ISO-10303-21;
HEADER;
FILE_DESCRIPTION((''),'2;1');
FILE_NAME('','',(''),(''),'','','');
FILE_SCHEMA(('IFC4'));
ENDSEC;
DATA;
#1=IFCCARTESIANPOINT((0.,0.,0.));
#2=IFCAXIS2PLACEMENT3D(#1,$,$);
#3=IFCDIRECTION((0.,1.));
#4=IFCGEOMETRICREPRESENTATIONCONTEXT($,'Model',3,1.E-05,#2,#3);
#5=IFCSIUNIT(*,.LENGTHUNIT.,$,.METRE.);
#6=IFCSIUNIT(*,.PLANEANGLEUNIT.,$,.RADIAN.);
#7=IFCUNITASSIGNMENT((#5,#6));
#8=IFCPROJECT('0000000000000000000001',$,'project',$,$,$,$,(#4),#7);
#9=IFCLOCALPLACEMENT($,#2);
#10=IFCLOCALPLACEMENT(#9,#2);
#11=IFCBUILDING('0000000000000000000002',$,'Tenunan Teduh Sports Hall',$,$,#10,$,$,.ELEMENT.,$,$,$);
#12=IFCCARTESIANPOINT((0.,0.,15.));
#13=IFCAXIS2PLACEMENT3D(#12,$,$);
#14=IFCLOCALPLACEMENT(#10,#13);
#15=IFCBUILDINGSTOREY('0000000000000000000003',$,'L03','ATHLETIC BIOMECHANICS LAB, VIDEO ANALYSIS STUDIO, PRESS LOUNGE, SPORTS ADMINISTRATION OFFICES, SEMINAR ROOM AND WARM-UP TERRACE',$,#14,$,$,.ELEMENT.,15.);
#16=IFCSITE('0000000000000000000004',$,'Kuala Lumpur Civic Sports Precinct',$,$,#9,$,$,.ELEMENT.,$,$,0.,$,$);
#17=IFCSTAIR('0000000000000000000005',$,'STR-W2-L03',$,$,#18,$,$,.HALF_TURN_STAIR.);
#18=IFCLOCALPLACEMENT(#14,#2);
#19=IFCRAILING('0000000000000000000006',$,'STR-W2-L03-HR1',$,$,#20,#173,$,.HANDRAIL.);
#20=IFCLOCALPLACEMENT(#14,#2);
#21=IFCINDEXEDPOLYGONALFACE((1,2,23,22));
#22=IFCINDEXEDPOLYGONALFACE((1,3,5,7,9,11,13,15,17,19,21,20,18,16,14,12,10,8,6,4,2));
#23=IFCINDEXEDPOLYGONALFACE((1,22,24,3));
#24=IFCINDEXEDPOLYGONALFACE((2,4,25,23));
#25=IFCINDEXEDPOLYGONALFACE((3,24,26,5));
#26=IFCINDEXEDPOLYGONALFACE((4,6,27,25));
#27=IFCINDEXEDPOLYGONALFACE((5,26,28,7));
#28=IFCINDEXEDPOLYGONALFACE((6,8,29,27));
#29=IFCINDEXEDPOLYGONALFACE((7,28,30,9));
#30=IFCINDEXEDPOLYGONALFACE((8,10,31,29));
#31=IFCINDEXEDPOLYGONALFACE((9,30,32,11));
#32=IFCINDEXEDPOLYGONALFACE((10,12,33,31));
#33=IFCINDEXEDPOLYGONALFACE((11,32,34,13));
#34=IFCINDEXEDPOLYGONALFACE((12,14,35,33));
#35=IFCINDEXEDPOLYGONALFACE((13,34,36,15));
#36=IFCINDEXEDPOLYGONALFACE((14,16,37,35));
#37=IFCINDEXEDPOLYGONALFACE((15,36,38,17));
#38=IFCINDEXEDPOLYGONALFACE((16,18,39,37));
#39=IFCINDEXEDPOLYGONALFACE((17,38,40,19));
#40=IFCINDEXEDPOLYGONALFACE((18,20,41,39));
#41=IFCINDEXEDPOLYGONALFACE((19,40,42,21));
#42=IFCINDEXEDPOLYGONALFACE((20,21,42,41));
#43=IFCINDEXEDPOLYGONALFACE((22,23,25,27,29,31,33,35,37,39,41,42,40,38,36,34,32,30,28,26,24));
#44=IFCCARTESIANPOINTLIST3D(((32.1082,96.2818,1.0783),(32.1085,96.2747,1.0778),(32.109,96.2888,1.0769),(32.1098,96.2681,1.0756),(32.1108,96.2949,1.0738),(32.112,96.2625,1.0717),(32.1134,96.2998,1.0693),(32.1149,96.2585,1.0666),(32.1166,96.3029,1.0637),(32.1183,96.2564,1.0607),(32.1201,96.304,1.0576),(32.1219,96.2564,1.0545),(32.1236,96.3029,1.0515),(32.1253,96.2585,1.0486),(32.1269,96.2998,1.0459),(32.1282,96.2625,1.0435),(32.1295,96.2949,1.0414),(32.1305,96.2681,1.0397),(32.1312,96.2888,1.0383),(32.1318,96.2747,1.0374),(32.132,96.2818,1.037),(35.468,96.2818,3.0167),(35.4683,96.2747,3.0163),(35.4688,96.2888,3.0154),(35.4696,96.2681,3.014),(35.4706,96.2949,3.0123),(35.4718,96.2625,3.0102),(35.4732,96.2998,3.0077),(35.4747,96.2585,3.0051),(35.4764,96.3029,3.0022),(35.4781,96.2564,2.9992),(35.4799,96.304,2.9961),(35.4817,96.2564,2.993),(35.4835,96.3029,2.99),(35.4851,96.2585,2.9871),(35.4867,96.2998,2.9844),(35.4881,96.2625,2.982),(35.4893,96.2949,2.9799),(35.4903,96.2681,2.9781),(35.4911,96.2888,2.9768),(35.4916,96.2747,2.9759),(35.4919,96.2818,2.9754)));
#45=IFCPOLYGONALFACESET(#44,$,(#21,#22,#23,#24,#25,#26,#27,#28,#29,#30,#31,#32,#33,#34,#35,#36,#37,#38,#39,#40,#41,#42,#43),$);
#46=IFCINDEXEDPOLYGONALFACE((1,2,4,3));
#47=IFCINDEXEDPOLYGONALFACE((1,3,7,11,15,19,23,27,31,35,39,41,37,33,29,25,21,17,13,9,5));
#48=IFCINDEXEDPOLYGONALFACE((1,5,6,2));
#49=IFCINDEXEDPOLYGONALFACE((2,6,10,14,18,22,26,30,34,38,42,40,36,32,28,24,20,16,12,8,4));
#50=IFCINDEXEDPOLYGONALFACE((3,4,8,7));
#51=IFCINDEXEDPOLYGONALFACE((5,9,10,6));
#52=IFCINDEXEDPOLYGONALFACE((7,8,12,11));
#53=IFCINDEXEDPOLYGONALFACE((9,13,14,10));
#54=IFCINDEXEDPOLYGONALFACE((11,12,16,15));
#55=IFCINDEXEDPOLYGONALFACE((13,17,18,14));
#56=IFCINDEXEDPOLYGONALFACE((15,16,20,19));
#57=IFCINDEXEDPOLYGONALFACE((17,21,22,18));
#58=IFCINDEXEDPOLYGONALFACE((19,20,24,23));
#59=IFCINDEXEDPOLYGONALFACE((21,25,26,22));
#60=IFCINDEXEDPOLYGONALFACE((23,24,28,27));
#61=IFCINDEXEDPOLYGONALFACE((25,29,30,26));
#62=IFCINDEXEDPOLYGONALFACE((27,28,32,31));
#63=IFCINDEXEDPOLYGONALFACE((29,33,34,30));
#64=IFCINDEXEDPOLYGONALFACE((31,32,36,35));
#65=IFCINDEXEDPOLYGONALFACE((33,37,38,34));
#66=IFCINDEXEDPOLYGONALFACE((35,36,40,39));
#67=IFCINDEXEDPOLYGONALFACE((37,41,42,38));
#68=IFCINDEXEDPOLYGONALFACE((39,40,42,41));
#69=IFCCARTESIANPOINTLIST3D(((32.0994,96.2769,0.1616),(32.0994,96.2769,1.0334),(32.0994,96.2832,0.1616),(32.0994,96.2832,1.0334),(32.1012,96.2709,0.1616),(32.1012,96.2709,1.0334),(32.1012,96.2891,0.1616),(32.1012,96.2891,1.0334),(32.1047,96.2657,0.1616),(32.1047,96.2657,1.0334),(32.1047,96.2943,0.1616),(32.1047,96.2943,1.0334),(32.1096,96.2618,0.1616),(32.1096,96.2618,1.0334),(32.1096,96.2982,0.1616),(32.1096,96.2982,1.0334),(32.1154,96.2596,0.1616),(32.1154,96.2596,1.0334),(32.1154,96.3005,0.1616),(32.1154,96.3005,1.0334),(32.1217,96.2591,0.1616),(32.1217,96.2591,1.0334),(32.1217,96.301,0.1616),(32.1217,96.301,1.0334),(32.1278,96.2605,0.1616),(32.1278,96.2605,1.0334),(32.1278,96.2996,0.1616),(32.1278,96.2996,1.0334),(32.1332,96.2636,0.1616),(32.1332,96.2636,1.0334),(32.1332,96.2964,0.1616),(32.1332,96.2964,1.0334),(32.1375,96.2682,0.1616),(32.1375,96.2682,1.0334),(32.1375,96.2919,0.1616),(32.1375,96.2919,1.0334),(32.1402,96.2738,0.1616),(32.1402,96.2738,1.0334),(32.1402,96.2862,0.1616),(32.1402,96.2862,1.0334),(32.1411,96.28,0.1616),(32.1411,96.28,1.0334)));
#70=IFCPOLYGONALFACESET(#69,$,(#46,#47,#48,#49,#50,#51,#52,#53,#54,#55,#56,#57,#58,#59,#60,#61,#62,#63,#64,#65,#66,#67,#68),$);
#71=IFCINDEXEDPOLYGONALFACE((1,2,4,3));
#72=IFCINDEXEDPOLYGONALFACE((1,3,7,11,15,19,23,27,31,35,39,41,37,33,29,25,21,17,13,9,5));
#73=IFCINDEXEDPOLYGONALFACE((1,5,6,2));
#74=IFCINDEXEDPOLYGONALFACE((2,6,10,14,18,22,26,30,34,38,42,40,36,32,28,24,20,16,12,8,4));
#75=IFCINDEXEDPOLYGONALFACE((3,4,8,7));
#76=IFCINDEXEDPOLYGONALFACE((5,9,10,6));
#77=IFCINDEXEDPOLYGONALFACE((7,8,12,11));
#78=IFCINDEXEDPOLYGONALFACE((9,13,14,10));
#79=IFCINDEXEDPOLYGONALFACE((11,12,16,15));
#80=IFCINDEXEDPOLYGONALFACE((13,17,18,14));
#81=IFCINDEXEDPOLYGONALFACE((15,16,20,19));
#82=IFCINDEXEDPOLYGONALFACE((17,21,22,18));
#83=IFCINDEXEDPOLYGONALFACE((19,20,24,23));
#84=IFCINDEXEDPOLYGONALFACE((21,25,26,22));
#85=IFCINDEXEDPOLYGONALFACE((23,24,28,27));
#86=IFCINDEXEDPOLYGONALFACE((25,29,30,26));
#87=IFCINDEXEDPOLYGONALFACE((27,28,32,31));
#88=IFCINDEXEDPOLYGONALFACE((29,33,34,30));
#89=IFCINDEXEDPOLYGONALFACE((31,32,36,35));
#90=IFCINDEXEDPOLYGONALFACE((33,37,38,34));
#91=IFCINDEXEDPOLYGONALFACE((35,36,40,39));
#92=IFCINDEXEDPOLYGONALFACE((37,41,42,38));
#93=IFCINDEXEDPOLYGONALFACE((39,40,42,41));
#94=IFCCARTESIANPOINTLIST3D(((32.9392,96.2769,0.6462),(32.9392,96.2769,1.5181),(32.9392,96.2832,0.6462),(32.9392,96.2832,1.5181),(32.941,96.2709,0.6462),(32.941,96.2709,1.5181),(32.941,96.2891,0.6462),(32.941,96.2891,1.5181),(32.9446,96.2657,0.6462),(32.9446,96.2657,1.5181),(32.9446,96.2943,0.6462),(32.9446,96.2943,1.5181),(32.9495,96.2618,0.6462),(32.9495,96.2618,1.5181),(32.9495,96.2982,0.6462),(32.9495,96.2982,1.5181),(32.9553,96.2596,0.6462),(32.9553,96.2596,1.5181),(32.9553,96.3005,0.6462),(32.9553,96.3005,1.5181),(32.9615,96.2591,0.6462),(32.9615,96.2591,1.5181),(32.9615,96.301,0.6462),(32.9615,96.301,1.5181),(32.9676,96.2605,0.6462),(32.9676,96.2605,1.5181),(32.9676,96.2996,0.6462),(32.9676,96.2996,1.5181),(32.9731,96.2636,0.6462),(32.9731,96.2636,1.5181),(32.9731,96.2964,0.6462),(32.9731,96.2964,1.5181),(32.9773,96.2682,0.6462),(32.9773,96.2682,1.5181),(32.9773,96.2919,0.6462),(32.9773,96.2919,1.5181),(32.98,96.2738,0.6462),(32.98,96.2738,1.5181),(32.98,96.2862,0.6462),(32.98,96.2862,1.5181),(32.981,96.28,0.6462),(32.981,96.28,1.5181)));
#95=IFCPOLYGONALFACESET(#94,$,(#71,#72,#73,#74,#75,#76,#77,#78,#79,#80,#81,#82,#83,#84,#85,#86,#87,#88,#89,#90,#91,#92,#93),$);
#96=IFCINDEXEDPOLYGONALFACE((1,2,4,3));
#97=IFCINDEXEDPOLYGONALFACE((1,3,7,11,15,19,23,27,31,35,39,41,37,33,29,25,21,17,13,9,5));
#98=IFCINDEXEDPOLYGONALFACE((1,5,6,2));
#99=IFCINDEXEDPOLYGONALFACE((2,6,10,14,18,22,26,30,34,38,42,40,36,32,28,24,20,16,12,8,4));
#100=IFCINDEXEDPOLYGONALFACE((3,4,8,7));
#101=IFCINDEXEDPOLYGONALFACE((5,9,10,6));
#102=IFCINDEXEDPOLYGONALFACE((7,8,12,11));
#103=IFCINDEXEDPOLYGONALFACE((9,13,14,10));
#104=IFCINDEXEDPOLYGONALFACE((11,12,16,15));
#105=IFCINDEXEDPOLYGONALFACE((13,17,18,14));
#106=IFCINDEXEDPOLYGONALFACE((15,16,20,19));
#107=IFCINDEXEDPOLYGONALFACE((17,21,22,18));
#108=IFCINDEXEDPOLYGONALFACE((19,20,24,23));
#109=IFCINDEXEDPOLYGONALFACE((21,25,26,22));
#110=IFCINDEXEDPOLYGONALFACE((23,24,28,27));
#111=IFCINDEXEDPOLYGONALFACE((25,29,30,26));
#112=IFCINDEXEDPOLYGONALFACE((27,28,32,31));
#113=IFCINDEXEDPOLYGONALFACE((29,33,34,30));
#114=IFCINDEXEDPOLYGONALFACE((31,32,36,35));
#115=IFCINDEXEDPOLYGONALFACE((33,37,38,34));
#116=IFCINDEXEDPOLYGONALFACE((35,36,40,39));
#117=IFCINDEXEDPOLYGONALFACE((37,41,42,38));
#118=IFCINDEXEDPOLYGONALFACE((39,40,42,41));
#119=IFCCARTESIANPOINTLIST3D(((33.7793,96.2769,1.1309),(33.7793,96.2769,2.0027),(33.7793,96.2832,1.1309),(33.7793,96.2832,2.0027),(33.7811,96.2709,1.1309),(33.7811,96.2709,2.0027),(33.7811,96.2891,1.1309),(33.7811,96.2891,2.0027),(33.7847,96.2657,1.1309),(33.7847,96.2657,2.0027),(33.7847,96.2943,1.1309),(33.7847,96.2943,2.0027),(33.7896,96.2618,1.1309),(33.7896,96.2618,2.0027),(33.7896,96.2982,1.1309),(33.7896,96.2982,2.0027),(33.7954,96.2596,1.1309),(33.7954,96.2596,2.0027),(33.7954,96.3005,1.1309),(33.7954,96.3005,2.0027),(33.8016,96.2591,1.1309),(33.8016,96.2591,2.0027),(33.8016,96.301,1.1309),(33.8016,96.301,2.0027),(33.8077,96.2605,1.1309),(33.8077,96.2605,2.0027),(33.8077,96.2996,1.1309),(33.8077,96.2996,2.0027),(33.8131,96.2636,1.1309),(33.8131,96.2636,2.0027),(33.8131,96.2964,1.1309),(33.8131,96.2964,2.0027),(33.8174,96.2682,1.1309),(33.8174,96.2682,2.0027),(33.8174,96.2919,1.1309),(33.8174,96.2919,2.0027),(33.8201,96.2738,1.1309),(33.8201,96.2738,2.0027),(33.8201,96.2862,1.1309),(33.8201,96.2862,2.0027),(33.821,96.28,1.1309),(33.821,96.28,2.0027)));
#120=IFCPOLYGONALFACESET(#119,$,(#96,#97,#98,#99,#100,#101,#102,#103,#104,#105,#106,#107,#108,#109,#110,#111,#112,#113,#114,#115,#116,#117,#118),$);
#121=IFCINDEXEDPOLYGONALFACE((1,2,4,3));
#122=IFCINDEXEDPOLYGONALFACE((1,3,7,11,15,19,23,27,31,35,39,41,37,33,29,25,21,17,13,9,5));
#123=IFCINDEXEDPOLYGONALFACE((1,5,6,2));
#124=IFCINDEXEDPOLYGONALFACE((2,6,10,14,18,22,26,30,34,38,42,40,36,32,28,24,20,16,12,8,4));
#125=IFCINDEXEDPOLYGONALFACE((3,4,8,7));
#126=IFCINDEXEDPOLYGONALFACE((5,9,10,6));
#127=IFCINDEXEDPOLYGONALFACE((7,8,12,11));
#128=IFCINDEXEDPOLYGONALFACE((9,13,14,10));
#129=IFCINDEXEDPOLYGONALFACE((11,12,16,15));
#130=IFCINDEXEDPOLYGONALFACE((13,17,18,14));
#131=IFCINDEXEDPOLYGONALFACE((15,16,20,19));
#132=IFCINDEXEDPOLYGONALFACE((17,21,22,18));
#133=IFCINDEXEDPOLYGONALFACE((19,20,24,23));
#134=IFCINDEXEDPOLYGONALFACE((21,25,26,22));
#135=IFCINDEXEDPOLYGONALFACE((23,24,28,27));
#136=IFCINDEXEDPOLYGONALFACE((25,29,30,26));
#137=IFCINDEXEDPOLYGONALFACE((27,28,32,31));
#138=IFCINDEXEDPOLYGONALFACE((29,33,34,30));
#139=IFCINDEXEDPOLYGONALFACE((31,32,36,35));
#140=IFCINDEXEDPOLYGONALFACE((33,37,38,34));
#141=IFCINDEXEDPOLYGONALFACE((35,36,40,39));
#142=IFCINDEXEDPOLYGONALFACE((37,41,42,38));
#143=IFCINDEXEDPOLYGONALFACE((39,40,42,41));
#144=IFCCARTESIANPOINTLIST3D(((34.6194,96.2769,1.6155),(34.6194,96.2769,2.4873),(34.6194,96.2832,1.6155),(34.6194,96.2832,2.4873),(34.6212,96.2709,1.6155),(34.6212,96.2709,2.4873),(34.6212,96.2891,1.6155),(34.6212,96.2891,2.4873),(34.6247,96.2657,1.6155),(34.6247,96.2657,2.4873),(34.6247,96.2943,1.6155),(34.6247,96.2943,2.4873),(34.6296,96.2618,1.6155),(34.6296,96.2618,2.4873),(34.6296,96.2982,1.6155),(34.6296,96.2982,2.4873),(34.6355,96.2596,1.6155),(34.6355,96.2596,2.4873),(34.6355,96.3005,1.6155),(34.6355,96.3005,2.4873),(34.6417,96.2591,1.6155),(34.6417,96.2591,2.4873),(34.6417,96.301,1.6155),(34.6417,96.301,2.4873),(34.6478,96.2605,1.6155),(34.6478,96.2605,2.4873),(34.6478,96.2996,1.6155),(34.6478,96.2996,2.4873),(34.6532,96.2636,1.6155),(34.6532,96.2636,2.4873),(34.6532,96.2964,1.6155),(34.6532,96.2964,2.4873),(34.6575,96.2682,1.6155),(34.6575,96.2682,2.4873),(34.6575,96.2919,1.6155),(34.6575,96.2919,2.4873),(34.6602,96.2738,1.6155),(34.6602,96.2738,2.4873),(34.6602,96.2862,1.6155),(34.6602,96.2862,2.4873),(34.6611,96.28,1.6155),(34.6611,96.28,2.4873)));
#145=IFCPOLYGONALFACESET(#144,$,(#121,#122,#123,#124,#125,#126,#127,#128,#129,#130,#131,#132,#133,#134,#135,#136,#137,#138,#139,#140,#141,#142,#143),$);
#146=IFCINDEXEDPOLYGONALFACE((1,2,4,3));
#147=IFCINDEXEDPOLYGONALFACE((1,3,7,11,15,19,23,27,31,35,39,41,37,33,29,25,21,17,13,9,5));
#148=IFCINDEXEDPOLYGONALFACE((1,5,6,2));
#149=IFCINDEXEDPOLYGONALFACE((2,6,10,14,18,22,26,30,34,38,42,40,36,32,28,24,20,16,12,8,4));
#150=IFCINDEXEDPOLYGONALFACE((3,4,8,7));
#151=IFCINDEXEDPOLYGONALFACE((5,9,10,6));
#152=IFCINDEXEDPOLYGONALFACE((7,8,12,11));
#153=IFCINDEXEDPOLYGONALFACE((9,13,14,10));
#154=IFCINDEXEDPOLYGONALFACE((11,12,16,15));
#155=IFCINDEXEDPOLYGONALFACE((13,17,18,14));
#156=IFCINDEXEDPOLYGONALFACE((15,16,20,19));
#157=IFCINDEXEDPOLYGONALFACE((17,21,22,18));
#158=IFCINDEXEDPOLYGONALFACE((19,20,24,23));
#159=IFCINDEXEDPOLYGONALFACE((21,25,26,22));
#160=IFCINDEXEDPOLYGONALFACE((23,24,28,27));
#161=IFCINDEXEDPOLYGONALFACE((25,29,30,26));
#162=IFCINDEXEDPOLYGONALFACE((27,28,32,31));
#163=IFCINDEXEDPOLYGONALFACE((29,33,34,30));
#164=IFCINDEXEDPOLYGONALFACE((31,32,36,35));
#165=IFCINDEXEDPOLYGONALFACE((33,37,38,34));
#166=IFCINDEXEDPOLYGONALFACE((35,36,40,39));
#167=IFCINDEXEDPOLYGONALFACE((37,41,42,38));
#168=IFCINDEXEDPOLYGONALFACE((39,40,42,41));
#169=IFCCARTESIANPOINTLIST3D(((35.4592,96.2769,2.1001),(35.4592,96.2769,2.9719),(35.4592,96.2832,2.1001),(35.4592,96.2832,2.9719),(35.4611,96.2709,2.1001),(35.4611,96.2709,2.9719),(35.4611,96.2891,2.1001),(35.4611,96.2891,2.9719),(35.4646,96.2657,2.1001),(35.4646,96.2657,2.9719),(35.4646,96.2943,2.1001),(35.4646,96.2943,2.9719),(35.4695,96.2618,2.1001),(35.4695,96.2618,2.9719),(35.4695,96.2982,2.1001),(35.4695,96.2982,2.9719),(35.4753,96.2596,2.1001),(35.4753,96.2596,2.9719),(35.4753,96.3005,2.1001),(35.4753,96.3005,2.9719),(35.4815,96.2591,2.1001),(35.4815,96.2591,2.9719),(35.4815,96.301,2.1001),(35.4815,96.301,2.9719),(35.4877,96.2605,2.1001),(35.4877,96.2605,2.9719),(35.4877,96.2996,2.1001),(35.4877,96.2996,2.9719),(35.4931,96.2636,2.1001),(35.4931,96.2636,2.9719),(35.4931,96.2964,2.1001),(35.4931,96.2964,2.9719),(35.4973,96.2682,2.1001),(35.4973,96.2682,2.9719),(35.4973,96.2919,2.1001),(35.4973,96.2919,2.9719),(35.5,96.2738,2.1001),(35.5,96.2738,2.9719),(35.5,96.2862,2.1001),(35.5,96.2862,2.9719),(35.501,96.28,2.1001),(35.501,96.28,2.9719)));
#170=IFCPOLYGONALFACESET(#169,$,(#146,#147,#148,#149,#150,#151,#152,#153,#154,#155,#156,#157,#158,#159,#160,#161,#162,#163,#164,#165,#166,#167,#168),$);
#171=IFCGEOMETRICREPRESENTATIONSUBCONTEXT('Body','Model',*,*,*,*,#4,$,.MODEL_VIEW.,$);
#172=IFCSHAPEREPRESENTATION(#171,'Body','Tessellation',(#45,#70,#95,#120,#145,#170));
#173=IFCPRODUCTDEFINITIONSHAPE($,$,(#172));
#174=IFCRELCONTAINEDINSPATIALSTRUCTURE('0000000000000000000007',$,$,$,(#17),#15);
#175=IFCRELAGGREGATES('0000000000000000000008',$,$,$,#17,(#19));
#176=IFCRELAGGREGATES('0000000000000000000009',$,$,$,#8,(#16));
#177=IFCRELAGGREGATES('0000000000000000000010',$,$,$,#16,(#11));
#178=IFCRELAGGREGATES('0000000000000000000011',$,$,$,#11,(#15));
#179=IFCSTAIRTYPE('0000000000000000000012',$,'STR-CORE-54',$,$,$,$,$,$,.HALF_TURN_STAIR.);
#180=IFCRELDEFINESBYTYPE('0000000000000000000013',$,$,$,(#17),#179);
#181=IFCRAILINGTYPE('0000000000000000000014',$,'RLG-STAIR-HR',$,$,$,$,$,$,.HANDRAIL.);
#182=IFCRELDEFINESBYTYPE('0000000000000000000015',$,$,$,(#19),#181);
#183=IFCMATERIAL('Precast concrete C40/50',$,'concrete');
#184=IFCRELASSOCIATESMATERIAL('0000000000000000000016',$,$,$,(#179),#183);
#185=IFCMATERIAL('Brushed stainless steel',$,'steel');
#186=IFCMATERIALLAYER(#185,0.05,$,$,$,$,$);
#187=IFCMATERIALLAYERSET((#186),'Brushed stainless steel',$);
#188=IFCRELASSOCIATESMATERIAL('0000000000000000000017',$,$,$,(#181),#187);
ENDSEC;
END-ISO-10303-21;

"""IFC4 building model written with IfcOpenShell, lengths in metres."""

from ifc_helpers import new_model, si_unit, direction, frame, origin, origin_2d, place, context, subcontext, project, spatial, circle, extrude, material, layer, layer_set, type_object, element, aggregate, save


model = new_model("IFC4")

# Units and contexts
model_context = context("Model", 3, precision=1e-05, world=origin(), true_north=direction((0.0, 1.0)))
body_context = subcontext(model_context, "Body", "Model", "MODEL_VIEW")
ifc_project = project(units=[si_unit("LENGTHUNIT", "METRE"), si_unit("PLANEANGLEUNIT", "RADIAN")], contexts=[model_context])

# Site, building, storey
site_placement = place(None, origin())
site = spatial("IfcSite", under=ifc_project, at=site_placement, Name="Kuala Lumpur Civic Sports Precinct", CompositionType="ELEMENT", RefElevation=0.0)
building_placement = place(site_placement, origin())
building = spatial("IfcBuilding", under=site, at=building_placement, Name="Tenunan Teduh Sports Hall", CompositionType="ELEMENT")
storey_placement = place(building_placement, frame((0.0, 0.0, 15.0)))
storey = spatial("IfcBuildingStorey", under=building, at=storey_placement, Name="L03", Description="ATHLETIC BIOMECHANICS LAB, VIDEO ANALYSIS STUDIO, PRESS LOUNGE, SPORTS ADMINISTRATION OFFICES, SEMINAR ROOM AND WARM-UP TERRACE", CompositionType="ELEMENT", Elevation=15.0)

# Stair
ifc_material_1 = material(Name="Precast concrete C40/50", Category="concrete")
stair_type = type_object("IfcStairType", Name="STR-CORE-54", PredefinedType="HALF_TURN_STAIR", material=ifc_material_1)
stair_placement = place(storey_placement, origin())
stair = element("IfcStair", 1, at=stair_placement, inside=storey, type_object=stair_type, Name="STR-W2-L03", PredefinedType="HALF_TURN_STAIR")

# Railing
ifc_material_2 = material(Name="Brushed stainless steel", Category="steel")
ifc_layer_1 = layer(ifc_material_2, 0.05)
ifc_layer_set_1 = layer_set([ifc_layer_1], Name="Brushed stainless steel")
railing_type_1 = type_object("IfcRailingType", Name="RLG-STAIR-HR", PredefinedType="HANDRAIL", material=ifc_layer_set_1)
railing_1_placement = place(storey_placement, frame((32.1201, 96.28, 0.1616)))
railing_1 = element("IfcRailing", 2, at=railing_1_placement, type_object=railing_type_1, Name="STR-W2-L03-HR1", PredefinedType="HANDRAIL", context=body_context, shape_type="SweptSolid", body=[
    extrude(circle(Radius=0.0239, at=origin_2d()), frame((0.0, 0.0, 0.896), z_axis=(0.866175, 0.0, 0.499741), x_axis=(0.0, 1.0, 0.0)), (0.0, 0.0, 1.0), 3.8789),
    extrude(circle(Radius=0.021, at=origin_2d()), origin(), (0.0, 0.0, 1.0), 0.8718),
    extrude(circle(Radius=0.021, at=origin_2d()), frame((0.8398, 0.0, 0.4846)), (0.0, 0.0, 1.0), 0.8718),
    extrude(circle(Radius=0.021, at=origin_2d()), frame((1.6799, 0.0, 0.9692)), (0.0, 0.0, 1.0), 0.8718),
    extrude(circle(Radius=0.021, at=origin_2d()), frame((2.52, 0.0, 1.4539)), (0.0, 0.0, 1.0), 0.8718),
    extrude(circle(Radius=0.021, at=origin_2d()), frame((3.3599, 0.0, 1.9385)), (0.0, 0.0, 1.0), 0.8718),
])
aggregate(stair, [railing_1])

save(model, "model.ifc")
